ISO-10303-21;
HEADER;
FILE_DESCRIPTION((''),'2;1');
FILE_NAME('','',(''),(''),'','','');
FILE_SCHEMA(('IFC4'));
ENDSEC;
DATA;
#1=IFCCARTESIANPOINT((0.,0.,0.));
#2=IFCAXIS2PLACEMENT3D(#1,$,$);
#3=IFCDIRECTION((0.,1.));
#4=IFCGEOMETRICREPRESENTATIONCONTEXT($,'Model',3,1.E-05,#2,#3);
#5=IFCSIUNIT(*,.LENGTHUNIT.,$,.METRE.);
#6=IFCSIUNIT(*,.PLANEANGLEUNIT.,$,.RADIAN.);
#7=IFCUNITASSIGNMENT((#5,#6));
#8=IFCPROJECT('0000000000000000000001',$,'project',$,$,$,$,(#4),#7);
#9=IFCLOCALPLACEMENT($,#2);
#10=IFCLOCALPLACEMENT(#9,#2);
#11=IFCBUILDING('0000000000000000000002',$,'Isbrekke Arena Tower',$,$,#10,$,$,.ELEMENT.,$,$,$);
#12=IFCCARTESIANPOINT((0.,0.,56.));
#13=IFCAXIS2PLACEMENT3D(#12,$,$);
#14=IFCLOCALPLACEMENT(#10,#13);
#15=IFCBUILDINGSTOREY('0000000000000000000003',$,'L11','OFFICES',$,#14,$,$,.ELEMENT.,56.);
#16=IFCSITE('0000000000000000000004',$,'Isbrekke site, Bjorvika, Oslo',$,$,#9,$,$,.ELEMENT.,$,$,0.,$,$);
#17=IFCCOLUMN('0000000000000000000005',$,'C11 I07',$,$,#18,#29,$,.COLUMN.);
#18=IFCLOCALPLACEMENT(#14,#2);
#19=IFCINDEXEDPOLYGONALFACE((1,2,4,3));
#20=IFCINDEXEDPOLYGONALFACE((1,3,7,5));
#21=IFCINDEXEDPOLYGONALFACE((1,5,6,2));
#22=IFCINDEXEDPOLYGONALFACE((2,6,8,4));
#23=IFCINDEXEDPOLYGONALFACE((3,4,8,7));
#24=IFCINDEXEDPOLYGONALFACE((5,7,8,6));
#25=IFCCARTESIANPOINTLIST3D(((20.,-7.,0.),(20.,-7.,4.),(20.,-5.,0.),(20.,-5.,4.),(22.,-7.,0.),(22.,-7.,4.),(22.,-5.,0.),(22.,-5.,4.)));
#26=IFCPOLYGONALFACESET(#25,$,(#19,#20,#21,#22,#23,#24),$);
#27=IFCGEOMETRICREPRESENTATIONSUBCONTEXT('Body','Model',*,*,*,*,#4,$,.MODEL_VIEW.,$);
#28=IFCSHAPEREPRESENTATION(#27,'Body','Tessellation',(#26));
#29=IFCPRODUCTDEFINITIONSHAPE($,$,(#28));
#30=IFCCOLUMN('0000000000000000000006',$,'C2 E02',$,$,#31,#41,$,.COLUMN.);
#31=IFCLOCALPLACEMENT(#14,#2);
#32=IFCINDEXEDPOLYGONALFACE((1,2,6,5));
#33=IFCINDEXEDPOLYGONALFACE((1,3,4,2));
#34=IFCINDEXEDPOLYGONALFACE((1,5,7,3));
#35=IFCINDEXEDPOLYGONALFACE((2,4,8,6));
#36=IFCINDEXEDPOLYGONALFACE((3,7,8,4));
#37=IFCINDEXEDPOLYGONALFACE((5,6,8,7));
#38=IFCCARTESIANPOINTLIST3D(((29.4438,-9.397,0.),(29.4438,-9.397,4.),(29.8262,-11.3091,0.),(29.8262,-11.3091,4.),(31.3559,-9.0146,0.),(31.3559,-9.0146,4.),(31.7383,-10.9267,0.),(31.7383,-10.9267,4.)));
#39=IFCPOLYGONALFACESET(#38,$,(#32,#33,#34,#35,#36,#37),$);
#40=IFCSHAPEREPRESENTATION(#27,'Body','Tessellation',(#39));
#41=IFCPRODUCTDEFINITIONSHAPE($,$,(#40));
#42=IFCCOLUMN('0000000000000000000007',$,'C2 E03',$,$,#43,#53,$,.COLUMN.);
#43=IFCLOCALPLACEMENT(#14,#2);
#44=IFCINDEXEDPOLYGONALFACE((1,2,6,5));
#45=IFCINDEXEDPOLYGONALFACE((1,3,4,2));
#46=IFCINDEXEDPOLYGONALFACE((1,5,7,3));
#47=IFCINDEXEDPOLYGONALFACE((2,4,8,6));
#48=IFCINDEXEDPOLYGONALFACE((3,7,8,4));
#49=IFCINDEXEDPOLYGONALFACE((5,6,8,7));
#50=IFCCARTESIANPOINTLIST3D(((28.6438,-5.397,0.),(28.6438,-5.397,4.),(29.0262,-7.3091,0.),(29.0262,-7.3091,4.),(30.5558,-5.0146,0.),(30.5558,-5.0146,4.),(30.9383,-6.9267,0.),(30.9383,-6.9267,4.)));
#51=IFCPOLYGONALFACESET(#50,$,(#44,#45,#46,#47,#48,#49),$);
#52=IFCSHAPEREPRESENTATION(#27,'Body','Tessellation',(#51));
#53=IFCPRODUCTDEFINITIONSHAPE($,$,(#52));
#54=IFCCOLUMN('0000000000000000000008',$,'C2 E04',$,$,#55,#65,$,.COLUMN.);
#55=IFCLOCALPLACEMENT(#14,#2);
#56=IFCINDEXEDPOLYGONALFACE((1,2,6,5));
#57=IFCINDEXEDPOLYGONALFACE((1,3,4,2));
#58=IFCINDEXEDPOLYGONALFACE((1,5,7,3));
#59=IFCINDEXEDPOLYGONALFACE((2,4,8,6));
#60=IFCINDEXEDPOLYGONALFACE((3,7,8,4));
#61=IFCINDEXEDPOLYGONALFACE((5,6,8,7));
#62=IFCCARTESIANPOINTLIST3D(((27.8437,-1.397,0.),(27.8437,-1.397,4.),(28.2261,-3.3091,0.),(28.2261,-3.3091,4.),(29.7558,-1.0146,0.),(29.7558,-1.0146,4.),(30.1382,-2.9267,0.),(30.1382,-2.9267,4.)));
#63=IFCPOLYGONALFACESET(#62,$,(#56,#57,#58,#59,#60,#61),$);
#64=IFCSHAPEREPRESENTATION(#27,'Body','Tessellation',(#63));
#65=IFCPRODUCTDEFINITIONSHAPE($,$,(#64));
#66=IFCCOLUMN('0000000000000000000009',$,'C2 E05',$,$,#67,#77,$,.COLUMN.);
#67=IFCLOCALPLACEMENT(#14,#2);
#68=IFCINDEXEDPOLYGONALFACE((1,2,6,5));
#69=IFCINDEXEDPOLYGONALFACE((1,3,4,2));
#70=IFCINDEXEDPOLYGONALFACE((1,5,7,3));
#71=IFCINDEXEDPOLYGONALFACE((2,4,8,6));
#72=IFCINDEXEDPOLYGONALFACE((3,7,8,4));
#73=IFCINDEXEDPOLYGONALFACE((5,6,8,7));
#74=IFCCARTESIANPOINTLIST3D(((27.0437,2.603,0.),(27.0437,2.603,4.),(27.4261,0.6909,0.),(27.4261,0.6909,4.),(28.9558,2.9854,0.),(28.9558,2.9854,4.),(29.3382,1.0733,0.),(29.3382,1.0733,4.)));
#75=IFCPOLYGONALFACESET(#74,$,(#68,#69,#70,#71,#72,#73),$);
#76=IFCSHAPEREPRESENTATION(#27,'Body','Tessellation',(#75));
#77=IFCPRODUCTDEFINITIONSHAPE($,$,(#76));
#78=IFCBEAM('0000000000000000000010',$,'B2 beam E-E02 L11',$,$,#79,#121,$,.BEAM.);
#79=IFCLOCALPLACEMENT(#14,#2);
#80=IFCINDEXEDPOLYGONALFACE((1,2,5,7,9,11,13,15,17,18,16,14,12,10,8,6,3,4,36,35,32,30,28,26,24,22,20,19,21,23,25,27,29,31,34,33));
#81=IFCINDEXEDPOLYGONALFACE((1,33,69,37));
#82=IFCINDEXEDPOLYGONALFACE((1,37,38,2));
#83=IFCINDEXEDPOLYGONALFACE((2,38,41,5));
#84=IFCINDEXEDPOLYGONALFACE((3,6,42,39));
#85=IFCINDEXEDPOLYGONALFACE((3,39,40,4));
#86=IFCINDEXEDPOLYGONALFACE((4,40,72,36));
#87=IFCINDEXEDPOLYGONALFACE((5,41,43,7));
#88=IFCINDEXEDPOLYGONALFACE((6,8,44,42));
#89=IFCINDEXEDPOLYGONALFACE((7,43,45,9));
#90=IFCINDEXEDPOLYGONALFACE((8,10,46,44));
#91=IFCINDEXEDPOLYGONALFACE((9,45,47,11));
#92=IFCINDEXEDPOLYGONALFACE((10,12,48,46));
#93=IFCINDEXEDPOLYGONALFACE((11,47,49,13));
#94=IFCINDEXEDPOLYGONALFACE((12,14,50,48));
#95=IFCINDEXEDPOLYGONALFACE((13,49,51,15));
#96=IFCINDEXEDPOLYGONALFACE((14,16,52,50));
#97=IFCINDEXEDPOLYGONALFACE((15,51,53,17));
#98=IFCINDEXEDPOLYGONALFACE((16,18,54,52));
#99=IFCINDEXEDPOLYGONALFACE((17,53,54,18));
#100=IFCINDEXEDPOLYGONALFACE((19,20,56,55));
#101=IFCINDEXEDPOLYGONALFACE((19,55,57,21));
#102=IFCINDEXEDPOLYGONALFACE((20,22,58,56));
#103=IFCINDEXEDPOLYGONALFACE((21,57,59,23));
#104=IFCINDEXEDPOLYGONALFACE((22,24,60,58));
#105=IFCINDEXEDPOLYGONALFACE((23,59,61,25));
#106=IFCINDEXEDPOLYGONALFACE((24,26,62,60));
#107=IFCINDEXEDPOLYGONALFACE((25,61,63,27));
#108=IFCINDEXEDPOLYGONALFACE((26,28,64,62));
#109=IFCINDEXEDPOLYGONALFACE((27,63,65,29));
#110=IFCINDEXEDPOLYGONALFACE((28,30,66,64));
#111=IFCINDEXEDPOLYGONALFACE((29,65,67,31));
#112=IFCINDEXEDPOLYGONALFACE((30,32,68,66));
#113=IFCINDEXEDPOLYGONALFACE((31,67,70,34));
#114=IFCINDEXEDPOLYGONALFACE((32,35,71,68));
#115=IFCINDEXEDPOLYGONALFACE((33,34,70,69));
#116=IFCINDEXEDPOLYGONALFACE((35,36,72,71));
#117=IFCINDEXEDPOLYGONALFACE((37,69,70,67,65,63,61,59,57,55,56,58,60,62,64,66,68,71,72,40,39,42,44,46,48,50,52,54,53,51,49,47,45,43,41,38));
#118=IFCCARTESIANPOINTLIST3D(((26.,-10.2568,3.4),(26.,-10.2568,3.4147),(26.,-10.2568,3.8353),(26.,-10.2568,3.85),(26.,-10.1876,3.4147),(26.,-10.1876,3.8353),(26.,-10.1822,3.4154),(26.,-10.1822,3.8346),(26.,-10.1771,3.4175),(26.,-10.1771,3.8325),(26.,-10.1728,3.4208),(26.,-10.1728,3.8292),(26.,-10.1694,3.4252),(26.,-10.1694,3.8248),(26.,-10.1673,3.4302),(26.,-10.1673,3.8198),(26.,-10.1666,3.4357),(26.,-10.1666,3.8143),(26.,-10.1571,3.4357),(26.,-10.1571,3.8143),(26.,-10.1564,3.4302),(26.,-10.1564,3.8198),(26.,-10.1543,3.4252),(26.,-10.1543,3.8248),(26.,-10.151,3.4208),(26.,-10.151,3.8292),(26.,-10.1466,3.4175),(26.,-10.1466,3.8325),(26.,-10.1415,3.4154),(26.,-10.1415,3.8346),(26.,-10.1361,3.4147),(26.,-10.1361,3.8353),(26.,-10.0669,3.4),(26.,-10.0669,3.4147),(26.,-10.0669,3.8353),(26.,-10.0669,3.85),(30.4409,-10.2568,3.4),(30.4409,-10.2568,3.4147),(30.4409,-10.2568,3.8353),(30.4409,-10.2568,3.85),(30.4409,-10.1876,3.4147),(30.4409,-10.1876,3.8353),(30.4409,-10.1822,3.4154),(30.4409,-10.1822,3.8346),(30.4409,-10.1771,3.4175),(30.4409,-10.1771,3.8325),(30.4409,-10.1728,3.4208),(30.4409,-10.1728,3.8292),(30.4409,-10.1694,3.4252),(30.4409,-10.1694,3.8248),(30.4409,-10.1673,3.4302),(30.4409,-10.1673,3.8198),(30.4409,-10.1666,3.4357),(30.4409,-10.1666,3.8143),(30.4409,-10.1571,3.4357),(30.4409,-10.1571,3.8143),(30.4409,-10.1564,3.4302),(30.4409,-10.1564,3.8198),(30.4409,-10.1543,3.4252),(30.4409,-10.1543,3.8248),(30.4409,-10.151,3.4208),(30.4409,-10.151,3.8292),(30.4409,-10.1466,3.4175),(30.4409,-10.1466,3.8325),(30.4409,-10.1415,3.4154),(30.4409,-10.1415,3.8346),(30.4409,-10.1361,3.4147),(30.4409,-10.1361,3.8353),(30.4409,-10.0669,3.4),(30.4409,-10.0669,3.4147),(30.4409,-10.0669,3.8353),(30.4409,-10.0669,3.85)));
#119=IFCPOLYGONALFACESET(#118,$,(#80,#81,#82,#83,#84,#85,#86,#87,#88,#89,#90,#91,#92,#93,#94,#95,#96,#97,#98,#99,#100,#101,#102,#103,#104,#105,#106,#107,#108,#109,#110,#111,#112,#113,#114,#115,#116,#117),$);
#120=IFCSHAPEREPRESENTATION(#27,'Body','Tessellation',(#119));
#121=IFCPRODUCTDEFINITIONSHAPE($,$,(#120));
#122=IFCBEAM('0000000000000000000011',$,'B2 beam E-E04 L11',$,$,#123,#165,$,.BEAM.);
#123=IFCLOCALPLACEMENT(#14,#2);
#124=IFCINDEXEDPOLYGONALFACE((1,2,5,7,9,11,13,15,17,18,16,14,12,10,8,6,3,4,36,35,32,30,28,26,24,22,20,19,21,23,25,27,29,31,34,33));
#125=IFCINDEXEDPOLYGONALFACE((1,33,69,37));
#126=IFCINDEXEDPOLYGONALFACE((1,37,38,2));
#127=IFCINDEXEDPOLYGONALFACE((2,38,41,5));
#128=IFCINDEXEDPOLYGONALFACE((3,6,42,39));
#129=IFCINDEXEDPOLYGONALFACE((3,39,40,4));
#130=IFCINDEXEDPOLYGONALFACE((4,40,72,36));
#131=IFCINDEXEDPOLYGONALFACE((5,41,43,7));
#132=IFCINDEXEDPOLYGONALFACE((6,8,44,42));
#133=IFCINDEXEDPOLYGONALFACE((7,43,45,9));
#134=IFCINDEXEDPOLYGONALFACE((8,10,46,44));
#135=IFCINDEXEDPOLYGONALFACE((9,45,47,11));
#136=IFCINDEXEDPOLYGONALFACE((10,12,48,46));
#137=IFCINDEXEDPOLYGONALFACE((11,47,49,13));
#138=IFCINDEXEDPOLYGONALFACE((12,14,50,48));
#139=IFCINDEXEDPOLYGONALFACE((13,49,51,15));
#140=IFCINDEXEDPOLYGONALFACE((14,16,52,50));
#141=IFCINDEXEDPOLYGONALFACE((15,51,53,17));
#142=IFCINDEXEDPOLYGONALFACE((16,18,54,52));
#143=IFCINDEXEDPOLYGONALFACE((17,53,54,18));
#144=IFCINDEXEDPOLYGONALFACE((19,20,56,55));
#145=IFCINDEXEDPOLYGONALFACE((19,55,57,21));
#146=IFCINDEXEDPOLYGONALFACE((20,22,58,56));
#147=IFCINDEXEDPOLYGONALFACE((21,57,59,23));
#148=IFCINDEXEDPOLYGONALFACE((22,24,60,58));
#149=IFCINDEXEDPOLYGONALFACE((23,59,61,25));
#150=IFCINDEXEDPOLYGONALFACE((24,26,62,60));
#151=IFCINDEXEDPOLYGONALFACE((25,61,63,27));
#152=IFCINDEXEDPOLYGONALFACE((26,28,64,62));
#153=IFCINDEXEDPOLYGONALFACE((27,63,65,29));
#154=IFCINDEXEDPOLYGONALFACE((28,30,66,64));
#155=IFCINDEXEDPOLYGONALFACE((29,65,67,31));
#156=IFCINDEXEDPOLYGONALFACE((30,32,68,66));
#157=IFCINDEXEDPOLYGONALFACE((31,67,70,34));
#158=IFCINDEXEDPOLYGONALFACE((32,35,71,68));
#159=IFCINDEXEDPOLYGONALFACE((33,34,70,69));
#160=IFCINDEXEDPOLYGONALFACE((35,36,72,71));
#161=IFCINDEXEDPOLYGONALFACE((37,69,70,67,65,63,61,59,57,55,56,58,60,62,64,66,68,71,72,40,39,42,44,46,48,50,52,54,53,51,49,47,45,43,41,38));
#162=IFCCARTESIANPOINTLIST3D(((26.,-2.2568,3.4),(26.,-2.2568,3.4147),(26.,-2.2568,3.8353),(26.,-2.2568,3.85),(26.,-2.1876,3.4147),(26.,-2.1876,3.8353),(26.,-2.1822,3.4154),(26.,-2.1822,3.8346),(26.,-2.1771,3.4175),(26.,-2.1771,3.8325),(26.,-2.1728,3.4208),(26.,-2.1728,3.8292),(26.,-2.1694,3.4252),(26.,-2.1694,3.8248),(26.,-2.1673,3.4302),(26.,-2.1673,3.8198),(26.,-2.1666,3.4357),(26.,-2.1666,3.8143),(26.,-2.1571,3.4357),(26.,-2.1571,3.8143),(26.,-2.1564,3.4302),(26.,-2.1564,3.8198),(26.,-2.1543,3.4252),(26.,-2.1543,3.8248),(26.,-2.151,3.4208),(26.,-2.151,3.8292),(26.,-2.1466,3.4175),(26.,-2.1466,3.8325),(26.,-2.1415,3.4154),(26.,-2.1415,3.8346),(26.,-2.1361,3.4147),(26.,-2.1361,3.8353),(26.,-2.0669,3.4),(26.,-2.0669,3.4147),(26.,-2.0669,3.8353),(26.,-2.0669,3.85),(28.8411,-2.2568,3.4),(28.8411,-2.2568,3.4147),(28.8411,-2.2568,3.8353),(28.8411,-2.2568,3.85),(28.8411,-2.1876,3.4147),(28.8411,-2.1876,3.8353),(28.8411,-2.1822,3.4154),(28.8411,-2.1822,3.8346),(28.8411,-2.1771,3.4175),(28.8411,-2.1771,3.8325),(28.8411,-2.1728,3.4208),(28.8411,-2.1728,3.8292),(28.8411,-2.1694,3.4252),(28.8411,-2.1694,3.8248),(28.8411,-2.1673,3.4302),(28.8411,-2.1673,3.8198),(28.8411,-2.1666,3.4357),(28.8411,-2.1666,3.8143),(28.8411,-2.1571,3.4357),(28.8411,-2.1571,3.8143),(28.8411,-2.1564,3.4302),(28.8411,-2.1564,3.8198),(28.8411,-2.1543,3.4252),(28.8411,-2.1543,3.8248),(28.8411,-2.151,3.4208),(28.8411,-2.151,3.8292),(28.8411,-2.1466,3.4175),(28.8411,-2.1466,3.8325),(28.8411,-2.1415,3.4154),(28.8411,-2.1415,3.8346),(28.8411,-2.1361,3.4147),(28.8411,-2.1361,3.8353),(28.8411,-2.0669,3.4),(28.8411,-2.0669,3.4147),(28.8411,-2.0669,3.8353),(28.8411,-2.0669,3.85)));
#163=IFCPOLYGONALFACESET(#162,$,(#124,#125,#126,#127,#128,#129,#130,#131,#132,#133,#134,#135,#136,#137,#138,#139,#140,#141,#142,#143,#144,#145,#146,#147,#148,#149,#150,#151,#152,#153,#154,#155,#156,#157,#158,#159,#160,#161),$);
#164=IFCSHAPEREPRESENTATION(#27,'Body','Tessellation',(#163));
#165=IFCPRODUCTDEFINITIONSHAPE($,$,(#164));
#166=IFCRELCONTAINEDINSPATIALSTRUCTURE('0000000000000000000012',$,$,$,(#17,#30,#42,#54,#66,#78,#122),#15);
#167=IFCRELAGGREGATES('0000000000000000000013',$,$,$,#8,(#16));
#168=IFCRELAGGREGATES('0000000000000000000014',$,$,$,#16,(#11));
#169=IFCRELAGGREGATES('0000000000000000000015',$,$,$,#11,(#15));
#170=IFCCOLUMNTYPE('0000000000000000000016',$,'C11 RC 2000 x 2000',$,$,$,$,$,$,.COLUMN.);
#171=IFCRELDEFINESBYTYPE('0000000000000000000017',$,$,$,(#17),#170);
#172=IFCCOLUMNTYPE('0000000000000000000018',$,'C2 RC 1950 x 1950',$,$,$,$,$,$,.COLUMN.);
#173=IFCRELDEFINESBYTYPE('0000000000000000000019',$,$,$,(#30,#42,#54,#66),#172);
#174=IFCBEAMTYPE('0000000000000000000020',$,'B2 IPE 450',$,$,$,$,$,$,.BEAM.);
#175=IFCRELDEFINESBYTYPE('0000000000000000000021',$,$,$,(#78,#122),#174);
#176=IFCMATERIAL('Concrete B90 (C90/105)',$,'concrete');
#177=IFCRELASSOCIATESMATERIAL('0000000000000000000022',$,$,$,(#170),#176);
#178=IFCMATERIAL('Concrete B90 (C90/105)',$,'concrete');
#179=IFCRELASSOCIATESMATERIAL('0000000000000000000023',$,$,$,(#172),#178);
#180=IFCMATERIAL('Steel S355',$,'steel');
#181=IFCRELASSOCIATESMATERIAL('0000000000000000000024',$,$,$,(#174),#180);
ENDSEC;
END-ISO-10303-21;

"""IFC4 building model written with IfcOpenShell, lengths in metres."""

from ifc_helpers import new_model, si_unit, direction, frame, origin, origin_2d, place, context, subcontext, project, spatial, rectangle, i_section, extrude, material, material_profile, profile_set, type_object, element, save


model = new_model("IFC4")

# Units and contexts
model_context = context("Model", 3, precision=1e-05, world=origin(), true_north=direction((0.0, 1.0)))
body_context = subcontext(model_context, "Body", "Model", "MODEL_VIEW")
ifc_project = project(units=[si_unit("LENGTHUNIT", "METRE"), si_unit("PLANEANGLEUNIT", "RADIAN")], contexts=[model_context])

# Site, building, storey
site_placement = place(None, origin())
site = spatial("IfcSite", under=ifc_project, at=site_placement, Name="Isbrekke site, Bjorvika, Oslo", CompositionType="ELEMENT", RefElevation=0.0)
building_placement = place(site_placement, origin())
building = spatial("IfcBuilding", under=site, at=building_placement, Name="Isbrekke Arena Tower", CompositionType="ELEMENT")
storey_placement = place(building_placement, frame((0.0, 0.0, 56.0)))
storey = spatial("IfcBuildingStorey", under=building, at=storey_placement, Name="L11", Description="OFFICES", CompositionType="ELEMENT", Elevation=56.0)

# Columns
ifc_material_1 = material(Name="Concrete B90 (C90/105)", Category="concrete")
ifc_material_profile_1 = material_profile(ifc_material_1, rectangle(XDim=2.0, YDim=2.0, at=origin_2d()), Name="RC 2000x2000")
ifc_profile_set_1 = profile_set([ifc_material_profile_1], Name="Concrete B90 (C90/105)")
column_type_1 = type_object("IfcColumnType", Name="C11 RC 2000 x 2000", PredefinedType="COLUMN", material=ifc_profile_set_1)
column_placement = place(storey_placement, frame((21.0, -6.0, 0.0), z_axis=(0.0, 0.0, 1.0), x_axis=(1.0, 0.0, 0.0)))
element("IfcColumn", 1, at=column_placement, inside=storey, type_object=column_type_1, Name="C11 I07", PredefinedType="COLUMN", context=body_context, shape_type="SweptSolid", body=[
    extrude(rectangle(XDim=2.0, YDim=2.0, at=origin_2d()), origin(), (0.0, 0.0, 1.0), 4.0),
])
ifc_material_2 = material(Name="Concrete B90 (C90/105)", Category="concrete")
ifc_material_profile_2 = material_profile(ifc_material_2, rectangle(XDim=1.95, YDim=1.95, at=origin_2d()), Name="RC 1950x1950")
ifc_profile_set_2 = profile_set([ifc_material_profile_2], Name="Concrete B90 (C90/105)")
column_type_2 = type_object("IfcColumnType", Name="C2 RC 1950 x 1950", PredefinedType="COLUMN", material=ifc_profile_set_2)
for number, where, z_axis, x_axis, name in (
    (2, (30.5911, -10.1619, 0.0), (0.0, 0.0, 1.0), (-0.196116, 0.980581, 0.0), "C2 E02"),
    (3, (29.791, -6.1619, 0.0), (0.0, 0.0, 1.0), (-0.196116, 0.980581, 0.0), "C2 E03"),
    (4, (28.991, -2.1619, 0.0), (0.0, 0.0, 1.0), (-0.196116, 0.980581, 0.0), "C2 E04"),
    (5, (28.1909, 1.8381, 0.0), (0.0, 0.0, 1.0), (-0.196116, 0.980581, 0.0), "C2 E05"),
):
    element("IfcColumn", number, at=place(storey_placement, frame(where, z_axis=z_axis, x_axis=x_axis)), inside=storey, type_object=column_type_2, Name=name, PredefinedType="COLUMN", context=body_context, shape_type="SweptSolid", body=[
        extrude(rectangle(XDim=1.95, YDim=1.95, at=origin_2d()), origin(), (0.0, 0.0, 1.0), 4.0),
    ])

# Beams
ifc_material_3 = material(Name="Steel S355", Category="steel")
ifc_material_profile_3 = material_profile(ifc_material_3, i_section(OverallWidth=0.1899, OverallDepth=0.45, WebThickness=0.0095, FlangeThickness=0.0146, FilletRadius=0.021, at=origin_2d()), Name="IPE 450")
ifc_profile_set_3 = profile_set([ifc_material_profile_3], Name="Steel S355")
beam_type_1 = type_object("IfcBeamType", Name="B2 IPE 450", PredefinedType="BEAM", material=ifc_profile_set_3)
beam_1_placement = place(storey_placement, frame((30.4409, -10.1619, 3.625), z_axis=(-1.0, 0.0, 0.0), x_axis=(0.0, -1.0, 0.0)))
element("IfcBeam", 6, at=beam_1_placement, inside=storey, type_object=beam_type_1, Name="B2 beam E-E02 L11", PredefinedType="BEAM", context=body_context, shape_type="SweptSolid", body=[
    extrude(i_section(OverallWidth=0.1899, OverallDepth=0.45, WebThickness=0.0095, FlangeThickness=0.0146, FilletRadius=0.021, at=origin_2d()), origin(), (0.0, 0.0, 1.0), 4.4409),
])
beam_2_placement = place(storey_placement, frame((28.8411, -2.1619, 3.625), z_axis=(-1.0, 0.0, 0.0), x_axis=(0.0, -1.0, 0.0)))
element("IfcBeam", 7, at=beam_2_placement, inside=storey, type_object=beam_type_1, Name="B2 beam E-E04 L11", PredefinedType="BEAM", context=body_context, shape_type="SweptSolid", body=[
    extrude(i_section(OverallWidth=0.1899, OverallDepth=0.45, WebThickness=0.0095, FlangeThickness=0.0146, FilletRadius=0.021, at=origin_2d()), origin(), (0.0, 0.0, 1.0), 2.8411),
])

save(model, "model.ifc")
